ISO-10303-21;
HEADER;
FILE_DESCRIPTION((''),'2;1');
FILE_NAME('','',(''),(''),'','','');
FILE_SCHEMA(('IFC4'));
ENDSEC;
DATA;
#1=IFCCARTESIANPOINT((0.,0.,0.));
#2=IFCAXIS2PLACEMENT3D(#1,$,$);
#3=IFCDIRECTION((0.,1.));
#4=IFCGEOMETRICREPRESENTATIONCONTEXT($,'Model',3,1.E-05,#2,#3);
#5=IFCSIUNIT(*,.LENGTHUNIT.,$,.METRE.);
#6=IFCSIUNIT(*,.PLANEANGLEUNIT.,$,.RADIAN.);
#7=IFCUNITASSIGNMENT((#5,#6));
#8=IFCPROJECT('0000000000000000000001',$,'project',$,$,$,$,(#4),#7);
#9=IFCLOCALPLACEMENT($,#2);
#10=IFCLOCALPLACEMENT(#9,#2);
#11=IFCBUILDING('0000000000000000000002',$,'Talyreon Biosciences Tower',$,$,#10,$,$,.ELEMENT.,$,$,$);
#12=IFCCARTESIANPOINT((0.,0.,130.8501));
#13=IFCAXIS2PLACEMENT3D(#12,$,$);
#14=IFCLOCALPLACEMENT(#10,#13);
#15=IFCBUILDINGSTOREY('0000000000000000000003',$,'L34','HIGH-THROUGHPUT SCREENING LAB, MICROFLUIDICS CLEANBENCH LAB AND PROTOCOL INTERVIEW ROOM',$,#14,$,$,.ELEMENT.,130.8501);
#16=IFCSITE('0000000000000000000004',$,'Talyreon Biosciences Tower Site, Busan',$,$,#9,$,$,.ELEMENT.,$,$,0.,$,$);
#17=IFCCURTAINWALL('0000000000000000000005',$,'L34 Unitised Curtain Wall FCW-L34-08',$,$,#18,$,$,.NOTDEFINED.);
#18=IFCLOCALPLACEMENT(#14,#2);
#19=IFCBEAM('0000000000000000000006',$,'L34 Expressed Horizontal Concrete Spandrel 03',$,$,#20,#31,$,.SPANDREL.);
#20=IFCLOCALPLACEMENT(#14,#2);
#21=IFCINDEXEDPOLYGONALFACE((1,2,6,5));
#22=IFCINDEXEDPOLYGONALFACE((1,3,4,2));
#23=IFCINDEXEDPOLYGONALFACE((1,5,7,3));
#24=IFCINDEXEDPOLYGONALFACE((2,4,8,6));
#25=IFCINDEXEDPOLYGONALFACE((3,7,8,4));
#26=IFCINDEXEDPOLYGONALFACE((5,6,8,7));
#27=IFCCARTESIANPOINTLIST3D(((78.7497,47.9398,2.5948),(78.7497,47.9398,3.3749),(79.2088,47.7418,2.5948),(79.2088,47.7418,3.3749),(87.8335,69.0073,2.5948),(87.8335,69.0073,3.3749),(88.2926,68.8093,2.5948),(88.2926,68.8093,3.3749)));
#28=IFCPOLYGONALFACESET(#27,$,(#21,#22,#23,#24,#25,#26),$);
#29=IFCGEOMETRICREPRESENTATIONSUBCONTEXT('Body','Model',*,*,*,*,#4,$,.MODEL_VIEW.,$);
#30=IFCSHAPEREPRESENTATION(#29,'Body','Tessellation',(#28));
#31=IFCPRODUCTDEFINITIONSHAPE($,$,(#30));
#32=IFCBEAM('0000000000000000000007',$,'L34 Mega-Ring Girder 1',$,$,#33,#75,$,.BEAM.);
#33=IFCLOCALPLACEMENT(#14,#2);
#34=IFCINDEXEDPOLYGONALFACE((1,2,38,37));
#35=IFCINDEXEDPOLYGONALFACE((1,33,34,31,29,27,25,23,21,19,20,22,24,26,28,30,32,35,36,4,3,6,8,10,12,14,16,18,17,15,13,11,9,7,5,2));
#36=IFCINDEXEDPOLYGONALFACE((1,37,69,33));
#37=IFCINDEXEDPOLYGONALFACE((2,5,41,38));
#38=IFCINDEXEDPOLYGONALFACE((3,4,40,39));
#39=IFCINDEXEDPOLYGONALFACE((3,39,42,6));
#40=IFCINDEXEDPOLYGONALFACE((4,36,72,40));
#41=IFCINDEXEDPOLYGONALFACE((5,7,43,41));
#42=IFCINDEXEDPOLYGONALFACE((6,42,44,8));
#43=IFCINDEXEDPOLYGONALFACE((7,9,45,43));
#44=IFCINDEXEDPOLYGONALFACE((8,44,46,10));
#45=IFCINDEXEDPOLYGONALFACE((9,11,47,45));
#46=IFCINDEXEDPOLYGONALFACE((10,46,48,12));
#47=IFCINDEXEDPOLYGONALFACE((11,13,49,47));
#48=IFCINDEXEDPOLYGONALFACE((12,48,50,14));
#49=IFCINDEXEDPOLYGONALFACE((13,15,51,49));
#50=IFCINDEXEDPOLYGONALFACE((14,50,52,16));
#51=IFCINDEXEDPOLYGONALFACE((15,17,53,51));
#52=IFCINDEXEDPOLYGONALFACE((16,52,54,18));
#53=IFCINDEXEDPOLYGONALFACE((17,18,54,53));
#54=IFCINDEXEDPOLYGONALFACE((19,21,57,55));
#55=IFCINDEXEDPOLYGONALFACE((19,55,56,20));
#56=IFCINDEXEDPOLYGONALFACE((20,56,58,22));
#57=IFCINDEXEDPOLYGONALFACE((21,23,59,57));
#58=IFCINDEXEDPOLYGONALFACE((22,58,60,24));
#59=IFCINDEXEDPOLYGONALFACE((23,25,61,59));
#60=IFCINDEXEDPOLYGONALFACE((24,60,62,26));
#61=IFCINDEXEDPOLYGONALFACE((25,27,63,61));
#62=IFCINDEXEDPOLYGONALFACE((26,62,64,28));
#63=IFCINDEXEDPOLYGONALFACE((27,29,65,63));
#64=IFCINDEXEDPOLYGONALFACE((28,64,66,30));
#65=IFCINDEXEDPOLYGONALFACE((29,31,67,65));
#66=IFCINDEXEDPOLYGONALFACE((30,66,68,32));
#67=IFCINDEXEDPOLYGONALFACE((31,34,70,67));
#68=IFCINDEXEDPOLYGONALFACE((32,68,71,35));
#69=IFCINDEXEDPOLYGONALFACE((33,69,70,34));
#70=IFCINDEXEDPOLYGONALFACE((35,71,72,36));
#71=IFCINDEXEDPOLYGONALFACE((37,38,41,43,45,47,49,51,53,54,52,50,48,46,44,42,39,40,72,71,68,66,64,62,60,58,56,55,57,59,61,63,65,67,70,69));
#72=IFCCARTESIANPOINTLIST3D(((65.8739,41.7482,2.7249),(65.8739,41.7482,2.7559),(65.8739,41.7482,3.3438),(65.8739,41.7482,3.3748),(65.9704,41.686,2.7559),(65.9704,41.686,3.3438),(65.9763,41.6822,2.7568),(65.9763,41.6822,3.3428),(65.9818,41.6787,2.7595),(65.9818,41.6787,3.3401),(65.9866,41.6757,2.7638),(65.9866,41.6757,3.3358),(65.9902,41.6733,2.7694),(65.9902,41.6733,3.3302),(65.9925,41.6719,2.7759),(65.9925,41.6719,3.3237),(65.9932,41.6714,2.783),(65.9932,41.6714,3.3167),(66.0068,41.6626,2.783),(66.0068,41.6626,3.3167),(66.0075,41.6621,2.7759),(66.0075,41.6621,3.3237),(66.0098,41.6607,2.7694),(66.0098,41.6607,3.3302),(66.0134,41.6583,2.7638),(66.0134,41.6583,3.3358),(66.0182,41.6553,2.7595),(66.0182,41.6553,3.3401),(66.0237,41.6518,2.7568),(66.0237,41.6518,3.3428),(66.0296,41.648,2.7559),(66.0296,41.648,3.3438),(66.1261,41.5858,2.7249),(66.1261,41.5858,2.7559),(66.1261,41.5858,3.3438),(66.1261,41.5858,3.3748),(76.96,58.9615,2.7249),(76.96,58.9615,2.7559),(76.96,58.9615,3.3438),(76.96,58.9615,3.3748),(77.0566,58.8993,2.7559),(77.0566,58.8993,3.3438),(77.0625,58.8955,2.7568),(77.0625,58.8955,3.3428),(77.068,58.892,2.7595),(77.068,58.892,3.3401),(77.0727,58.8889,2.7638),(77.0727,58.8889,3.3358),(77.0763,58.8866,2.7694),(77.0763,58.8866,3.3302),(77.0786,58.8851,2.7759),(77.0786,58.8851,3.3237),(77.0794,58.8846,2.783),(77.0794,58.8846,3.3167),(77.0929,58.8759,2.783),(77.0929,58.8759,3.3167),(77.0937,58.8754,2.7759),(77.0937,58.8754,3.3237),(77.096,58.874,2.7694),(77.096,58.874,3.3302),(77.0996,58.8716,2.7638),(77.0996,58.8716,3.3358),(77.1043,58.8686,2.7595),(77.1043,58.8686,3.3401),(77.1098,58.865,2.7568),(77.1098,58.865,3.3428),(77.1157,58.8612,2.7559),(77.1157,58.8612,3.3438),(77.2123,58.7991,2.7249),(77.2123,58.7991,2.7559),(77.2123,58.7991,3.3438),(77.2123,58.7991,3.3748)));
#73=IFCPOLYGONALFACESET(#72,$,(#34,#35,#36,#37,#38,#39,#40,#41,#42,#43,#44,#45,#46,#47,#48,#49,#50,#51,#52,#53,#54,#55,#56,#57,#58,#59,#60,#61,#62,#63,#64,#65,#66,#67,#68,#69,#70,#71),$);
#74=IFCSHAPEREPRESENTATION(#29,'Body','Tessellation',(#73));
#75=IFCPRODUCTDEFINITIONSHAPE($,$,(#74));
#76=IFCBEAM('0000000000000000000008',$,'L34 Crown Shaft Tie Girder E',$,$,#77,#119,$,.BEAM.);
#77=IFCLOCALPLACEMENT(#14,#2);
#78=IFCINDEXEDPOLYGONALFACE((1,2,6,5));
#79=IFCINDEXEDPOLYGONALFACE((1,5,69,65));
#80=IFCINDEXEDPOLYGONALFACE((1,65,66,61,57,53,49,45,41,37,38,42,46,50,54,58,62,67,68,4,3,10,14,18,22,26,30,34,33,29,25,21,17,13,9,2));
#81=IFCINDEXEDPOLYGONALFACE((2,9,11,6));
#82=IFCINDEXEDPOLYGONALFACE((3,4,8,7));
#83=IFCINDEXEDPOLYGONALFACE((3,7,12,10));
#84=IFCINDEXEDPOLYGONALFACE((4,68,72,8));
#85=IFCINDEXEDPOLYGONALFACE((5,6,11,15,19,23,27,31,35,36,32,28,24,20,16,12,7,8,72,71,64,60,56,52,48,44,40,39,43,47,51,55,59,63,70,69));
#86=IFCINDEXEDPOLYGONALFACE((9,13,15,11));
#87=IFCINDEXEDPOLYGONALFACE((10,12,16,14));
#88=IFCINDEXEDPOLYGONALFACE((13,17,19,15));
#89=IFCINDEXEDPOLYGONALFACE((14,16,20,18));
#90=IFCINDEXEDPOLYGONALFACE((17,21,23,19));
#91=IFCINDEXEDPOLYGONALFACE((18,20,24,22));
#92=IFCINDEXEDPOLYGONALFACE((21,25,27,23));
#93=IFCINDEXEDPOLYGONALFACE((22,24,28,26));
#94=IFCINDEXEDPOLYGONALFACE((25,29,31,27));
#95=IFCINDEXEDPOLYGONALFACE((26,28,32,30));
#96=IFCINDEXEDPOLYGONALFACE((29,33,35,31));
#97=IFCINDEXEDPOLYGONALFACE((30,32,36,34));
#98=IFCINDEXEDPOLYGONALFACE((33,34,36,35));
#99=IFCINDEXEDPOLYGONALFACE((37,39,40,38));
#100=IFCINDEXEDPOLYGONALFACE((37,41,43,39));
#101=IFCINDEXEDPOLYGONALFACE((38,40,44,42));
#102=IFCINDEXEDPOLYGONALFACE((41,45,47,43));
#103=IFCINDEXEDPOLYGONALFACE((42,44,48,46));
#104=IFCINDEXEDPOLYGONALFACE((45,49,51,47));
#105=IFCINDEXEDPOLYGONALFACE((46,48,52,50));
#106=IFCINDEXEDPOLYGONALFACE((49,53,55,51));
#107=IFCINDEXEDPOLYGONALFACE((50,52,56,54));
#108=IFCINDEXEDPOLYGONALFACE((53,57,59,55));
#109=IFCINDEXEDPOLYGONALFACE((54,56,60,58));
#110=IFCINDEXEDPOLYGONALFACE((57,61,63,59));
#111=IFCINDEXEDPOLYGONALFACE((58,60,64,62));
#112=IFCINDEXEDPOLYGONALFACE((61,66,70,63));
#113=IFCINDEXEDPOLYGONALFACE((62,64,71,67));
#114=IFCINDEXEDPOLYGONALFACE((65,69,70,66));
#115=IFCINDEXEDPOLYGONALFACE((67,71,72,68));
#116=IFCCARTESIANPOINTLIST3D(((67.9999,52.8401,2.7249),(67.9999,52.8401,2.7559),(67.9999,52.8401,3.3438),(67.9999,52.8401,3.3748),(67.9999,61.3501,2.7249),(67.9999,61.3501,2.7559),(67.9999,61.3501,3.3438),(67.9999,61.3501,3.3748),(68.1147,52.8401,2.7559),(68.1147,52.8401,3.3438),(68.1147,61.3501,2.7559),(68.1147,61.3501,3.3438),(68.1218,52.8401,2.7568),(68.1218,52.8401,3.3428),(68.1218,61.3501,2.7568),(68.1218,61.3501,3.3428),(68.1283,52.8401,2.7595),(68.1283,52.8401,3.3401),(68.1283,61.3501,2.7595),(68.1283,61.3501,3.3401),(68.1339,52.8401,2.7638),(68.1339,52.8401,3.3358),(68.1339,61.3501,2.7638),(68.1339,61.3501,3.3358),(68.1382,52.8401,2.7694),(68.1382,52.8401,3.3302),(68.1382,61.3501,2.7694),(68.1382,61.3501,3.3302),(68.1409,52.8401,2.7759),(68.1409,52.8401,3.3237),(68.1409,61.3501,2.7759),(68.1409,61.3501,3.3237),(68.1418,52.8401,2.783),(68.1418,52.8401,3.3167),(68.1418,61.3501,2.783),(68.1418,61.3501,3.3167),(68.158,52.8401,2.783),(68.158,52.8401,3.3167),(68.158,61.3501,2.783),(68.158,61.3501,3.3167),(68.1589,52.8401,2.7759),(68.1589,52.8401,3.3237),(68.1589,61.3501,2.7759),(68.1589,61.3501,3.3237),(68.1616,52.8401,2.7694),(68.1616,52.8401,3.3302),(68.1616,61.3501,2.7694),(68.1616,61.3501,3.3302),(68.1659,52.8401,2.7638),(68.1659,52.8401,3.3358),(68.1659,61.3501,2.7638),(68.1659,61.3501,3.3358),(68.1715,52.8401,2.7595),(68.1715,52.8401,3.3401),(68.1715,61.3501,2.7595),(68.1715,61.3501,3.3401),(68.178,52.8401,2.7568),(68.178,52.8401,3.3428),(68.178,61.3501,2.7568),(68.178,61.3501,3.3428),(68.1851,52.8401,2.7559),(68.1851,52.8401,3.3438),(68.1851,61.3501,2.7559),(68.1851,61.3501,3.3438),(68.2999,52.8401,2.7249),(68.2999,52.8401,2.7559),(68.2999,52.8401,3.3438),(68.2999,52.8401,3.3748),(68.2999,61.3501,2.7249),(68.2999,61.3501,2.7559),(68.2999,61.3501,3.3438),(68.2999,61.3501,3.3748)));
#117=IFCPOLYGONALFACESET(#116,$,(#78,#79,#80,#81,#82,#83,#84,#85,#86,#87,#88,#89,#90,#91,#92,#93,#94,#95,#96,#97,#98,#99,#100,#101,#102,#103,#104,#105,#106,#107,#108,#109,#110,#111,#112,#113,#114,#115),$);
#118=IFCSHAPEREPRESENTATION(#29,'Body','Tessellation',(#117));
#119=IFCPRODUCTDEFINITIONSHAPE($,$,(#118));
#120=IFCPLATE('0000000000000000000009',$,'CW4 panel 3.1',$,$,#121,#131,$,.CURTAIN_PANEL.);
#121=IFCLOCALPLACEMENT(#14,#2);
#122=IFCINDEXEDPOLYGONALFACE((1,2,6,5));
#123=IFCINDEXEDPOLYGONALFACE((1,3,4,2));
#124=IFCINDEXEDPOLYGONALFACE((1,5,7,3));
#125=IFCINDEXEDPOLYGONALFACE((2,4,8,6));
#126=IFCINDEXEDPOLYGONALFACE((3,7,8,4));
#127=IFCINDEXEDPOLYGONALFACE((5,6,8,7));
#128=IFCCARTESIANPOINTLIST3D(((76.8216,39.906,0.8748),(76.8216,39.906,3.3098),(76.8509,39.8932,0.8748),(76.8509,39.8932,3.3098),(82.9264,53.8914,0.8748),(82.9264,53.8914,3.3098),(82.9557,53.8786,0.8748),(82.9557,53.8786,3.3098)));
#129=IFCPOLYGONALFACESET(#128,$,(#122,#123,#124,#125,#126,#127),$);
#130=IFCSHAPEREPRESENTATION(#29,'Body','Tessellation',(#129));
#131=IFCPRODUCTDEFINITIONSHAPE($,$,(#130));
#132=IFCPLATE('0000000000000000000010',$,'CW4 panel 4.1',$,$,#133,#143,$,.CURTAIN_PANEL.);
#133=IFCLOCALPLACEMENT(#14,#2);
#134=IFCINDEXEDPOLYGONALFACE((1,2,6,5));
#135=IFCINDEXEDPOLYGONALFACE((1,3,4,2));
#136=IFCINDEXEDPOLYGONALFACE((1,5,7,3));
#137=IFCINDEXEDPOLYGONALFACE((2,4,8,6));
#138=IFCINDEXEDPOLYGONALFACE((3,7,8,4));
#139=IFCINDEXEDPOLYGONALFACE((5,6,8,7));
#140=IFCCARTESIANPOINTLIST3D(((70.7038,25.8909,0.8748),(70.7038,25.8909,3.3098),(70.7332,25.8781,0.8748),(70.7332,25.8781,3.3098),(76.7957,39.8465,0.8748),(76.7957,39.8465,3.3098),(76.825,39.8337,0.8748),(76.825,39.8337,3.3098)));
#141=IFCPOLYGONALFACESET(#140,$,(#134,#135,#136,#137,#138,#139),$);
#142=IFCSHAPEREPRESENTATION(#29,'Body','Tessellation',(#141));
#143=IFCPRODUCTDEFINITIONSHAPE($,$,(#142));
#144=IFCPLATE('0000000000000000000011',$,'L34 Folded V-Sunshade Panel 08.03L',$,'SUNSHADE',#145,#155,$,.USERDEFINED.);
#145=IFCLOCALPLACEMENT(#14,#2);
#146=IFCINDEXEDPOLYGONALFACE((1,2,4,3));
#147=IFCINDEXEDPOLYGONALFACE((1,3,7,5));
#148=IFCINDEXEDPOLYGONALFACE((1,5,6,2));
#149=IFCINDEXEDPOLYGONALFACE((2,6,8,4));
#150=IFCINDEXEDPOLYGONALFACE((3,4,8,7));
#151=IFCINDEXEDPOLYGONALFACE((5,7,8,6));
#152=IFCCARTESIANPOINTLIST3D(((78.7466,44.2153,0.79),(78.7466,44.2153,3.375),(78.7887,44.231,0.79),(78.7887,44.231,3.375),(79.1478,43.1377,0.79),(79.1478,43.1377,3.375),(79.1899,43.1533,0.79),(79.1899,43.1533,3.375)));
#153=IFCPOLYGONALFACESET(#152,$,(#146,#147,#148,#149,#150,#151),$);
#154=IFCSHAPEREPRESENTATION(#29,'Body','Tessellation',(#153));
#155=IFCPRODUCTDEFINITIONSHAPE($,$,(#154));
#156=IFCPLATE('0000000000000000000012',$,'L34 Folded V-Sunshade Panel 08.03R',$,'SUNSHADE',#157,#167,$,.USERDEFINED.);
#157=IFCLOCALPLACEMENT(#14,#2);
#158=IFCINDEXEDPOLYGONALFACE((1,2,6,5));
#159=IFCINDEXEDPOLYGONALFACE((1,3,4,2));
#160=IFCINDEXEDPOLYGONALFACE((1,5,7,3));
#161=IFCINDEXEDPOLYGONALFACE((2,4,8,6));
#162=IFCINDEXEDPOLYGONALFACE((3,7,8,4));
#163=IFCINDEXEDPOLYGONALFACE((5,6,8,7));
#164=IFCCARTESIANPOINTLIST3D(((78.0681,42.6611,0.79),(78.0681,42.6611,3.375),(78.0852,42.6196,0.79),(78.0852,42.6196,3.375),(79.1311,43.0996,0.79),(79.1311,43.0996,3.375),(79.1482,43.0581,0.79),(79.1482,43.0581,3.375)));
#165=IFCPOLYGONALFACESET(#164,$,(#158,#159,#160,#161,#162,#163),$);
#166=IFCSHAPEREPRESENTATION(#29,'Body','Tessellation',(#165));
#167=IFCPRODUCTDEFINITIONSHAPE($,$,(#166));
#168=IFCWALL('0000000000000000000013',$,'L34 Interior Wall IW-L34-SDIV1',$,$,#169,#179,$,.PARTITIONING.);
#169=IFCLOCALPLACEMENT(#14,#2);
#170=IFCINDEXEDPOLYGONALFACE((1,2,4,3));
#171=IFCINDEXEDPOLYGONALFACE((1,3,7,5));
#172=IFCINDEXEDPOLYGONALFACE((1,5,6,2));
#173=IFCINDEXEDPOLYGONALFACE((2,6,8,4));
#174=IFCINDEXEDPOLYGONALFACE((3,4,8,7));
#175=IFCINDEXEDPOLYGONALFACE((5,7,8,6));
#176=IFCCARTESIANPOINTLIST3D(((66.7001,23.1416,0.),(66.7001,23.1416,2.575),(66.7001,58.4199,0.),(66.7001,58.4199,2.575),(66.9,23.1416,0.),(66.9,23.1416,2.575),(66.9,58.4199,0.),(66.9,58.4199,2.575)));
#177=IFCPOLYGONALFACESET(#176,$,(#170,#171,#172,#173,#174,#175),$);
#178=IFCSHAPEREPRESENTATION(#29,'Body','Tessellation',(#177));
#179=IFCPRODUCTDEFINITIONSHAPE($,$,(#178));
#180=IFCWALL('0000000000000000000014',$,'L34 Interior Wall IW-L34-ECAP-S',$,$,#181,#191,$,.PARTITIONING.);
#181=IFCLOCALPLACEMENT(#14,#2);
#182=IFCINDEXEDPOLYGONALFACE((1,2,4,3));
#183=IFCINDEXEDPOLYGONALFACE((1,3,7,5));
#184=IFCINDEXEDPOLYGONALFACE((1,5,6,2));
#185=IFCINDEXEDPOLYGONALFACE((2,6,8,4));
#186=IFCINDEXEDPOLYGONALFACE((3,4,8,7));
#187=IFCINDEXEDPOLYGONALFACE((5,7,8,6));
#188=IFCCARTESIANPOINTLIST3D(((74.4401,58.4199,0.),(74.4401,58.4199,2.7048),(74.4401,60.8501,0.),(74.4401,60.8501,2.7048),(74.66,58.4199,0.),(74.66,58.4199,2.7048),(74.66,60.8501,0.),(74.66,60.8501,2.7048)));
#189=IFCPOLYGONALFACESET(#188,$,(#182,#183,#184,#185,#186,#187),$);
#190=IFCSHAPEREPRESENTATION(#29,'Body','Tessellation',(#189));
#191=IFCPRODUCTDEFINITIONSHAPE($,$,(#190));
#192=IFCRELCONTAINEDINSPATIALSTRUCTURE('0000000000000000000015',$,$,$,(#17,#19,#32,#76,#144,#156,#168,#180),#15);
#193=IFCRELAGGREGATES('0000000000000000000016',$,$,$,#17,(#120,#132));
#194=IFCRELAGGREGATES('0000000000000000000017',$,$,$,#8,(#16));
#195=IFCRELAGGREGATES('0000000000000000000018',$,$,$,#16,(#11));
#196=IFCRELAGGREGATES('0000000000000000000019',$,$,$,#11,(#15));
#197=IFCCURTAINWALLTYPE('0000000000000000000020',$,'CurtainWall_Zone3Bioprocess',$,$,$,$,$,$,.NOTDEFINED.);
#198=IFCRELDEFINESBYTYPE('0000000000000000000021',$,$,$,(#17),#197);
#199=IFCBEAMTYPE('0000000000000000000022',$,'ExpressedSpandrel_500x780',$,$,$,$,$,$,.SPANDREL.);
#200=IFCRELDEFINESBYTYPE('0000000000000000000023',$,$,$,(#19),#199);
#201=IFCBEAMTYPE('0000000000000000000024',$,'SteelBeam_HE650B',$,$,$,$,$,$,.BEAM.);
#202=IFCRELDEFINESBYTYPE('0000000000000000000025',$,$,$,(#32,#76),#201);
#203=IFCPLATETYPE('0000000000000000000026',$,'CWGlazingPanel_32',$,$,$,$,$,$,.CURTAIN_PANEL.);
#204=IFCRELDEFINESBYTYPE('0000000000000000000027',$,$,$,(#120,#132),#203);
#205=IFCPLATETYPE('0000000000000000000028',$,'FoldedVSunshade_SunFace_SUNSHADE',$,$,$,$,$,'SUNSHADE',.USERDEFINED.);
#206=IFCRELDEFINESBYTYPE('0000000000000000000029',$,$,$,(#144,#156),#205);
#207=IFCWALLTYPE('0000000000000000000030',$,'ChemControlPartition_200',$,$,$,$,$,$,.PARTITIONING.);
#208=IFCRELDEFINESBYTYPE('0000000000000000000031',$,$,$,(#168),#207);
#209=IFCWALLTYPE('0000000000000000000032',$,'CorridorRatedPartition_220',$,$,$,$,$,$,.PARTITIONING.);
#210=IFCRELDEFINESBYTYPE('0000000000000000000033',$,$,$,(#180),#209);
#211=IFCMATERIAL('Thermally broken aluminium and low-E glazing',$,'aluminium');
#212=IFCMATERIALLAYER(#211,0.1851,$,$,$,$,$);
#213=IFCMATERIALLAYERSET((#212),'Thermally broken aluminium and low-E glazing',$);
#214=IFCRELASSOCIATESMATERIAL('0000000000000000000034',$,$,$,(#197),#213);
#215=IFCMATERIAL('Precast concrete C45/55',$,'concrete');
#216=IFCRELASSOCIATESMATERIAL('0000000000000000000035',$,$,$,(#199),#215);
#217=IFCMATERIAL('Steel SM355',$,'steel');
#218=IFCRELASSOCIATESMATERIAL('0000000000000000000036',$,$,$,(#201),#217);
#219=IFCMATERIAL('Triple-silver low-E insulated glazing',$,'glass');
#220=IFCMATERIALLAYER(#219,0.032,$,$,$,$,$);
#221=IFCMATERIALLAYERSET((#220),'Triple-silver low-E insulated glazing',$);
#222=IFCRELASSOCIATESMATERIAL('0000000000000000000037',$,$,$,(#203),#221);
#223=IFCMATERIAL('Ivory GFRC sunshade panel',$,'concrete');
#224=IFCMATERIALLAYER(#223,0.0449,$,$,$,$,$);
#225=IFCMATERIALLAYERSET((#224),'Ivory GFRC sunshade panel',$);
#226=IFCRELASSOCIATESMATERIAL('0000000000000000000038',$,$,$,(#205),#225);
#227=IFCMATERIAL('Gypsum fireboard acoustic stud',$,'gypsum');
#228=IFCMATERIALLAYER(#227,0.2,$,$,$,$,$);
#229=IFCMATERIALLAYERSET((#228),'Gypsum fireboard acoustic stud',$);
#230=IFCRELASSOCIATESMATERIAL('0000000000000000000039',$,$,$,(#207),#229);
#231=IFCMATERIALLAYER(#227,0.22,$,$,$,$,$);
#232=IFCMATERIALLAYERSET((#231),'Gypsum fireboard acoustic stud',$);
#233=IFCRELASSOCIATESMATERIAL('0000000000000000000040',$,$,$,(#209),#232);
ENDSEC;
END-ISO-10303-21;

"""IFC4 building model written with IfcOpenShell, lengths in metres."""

from ifc_helpers import new_model, si_unit, direction, frame, frame_2d, origin, origin_2d, place, context, subcontext, project, spatial, rectangle, i_section, extrude, material, layer, layer_set, material_profile, profile_set, type_object, element, aggregate, save


model = new_model("IFC4")

# Units and contexts
model_context = context("Model", 3, precision=1e-05, world=origin(), true_north=direction((0.0, 1.0)))
body_context = subcontext(model_context, "Body", "Model", "MODEL_VIEW")
ifc_project = project(units=[si_unit("LENGTHUNIT", "METRE"), si_unit("PLANEANGLEUNIT", "RADIAN")], contexts=[model_context])

# Site, building, storey
site_placement = place(None, origin())
site = spatial("IfcSite", under=ifc_project, at=site_placement, Name="Talyreon Biosciences Tower Site, Busan", CompositionType="ELEMENT", RefElevation=0.0)
building_placement = place(site_placement, origin())
building = spatial("IfcBuilding", under=site, at=building_placement, Name="Talyreon Biosciences Tower", CompositionType="ELEMENT")
storey_placement = place(building_placement, frame((0.0, 0.0, 130.8501)))
storey = spatial("IfcBuildingStorey", under=building, at=storey_placement, Name="L34", Description="HIGH-THROUGHPUT SCREENING LAB, MICROFLUIDICS CLEANBENCH LAB AND PROTOCOL INTERVIEW ROOM", CompositionType="ELEMENT", Elevation=130.8501)

# Shared definitions
ifc_material_1 = material(Name="Precast concrete C45/55", Category="concrete")

# Curtain wall
ifc_material_2 = material(Name="Thermally broken aluminium and low-E glazing", Category="aluminium")
ifc_layer_1 = layer(ifc_material_2, 0.1851)
ifc_layer_set_1 = layer_set([ifc_layer_1], Name="Thermally broken aluminium and low-E glazing")
curtain_wall_type = type_object("IfcCurtainWallType", Name="CurtainWall_Zone3Bioprocess", PredefinedType="NOTDEFINED", material=ifc_layer_set_1)
curtain_wall_placement = place(storey_placement, origin())
curtain_wall = element("IfcCurtainWall", 1, at=curtain_wall_placement, inside=storey, type_object=curtain_wall_type, Name="L34 Unitised Curtain Wall FCW-L34-08", PredefinedType="NOTDEFINED")

# Beams
ifc_material_profile_1 = material_profile(ifc_material_1, rectangle(XDim=0.5, YDim=0.78, at=origin_2d()), Name="RCB 500x780")
ifc_profile_set_1 = profile_set([ifc_material_profile_1], Name="Precast concrete C45/55")
beam_type_1 = type_object("IfcBeamType", Name="ExpressedSpandrel_500x780", PredefinedType="SPANDREL", material=ifc_profile_set_1)
beam_1_placement = place(storey_placement, frame((78.9792, 47.8408, 2.9849), z_axis=(0.395939, 0.918277, 0.0), x_axis=(-0.918277, 0.395939, 0.0)))
element("IfcBeam", 2, at=beam_1_placement, inside=storey, type_object=beam_type_1, Name="L34 Expressed Horizontal Concrete Spandrel 03", PredefinedType="SPANDREL", context=body_context, shape_type="SweptSolid", body=[
    extrude(rectangle(XDim=0.5, YDim=0.78, at=origin_2d()), origin(), (0.0, 0.0, 1.0), 22.9424),
])
ifc_material_3 = material(Name="Steel SM355", Category="steel")
ifc_material_profile_2 = material_profile(ifc_material_3, i_section(OverallWidth=0.3, OverallDepth=0.6499, WebThickness=0.0161, FlangeThickness=0.031, FilletRadius=0.0271, at=origin_2d()), Name="HE650B")
ifc_profile_set_2 = profile_set([ifc_material_profile_2], Name="Steel SM355")
beam_type_2 = type_object("IfcBeamType", Name="SteelBeam_HE650B", PredefinedType="BEAM", material=ifc_profile_set_2)
beam_2_placement = place(storey_placement, frame((66.0, 41.667, 3.0498), z_axis=(0.541464, 0.840724, 0.0), x_axis=(-0.840724, 0.541464, 0.0)))
element("IfcBeam", 3, at=beam_2_placement, inside=storey, type_object=beam_type_2, Name="L34 Mega-Ring Girder 1", PredefinedType="BEAM", context=body_context, shape_type="SweptSolid", body=[
    extrude(i_section(OverallWidth=0.3, OverallDepth=0.6499, WebThickness=0.0161, FlangeThickness=0.031, FilletRadius=0.0271, at=origin_2d()), origin(), (0.0, 0.0, 1.0), 20.4744),
])
beam_3_placement = place(storey_placement, frame((68.1499, 52.8401, 3.0498), z_axis=(0.0, 1.0, 0.0), x_axis=(-1.0, 0.0, 0.0)))
element("IfcBeam", 4, at=beam_3_placement, inside=storey, type_object=beam_type_2, Name="L34 Crown Shaft Tie Girder E", PredefinedType="BEAM", context=body_context, shape_type="SweptSolid", body=[
    extrude(i_section(OverallWidth=0.3, OverallDepth=0.6499, WebThickness=0.0161, FlangeThickness=0.031, FilletRadius=0.0271, at=origin_2d()), origin(), (0.0, 0.0, 1.0), 8.51),
])

# Plates
ifc_material_4 = material(Name="Triple-silver low-E insulated glazing", Category="glass")
ifc_layer_2 = layer(ifc_material_4, 0.032)
ifc_layer_set_2 = layer_set([ifc_layer_2], Name="Triple-silver low-E insulated glazing")
plate_type_1 = type_object("IfcPlateType", Name="CWGlazingPanel_32", PredefinedType="CURTAIN_PANEL", material=ifc_layer_set_2)
plate_1_placement = place(storey_placement, frame((79.8887, 46.8923, 0.8748), z_axis=(0.0, 0.0, 1.0), x_axis=(-0.400058, -0.91649, 0.0)))
plate_1 = element("IfcPlate", 5, at=plate_1_placement, type_object=plate_type_1, Name="CW4 panel 3.1", PredefinedType="CURTAIN_PANEL", context=body_context, shape_type="SweptSolid", body=[
    extrude(rectangle(XDim=15.2598, YDim=0.032, at=origin_2d()), origin(), (0.0, 0.0, 1.0), 2.4351),
])
plate_2_placement = place(storey_placement, frame((73.7644, 32.8623, 0.8748), z_axis=(0.0, 0.0, 1.0), x_axis=(-0.400058, -0.91649, 0.0)))
plate_2 = element("IfcPlate", 6, at=plate_2_placement, type_object=plate_type_1, Name="CW4 panel 4.1", PredefinedType="CURTAIN_PANEL", context=body_context, shape_type="SweptSolid", body=[
    extrude(rectangle(XDim=15.2273, YDim=0.032, at=origin_2d()), origin(), (0.0, 0.0, 1.0), 2.4351),
])
aggregate(curtain_wall, [plate_1, plate_2])

# Plates
ifc_material_5 = material(Name="Ivory GFRC sunshade panel", Category="concrete")
ifc_layer_3 = layer(ifc_material_5, 0.0449)
ifc_layer_set_3 = layer_set([ifc_layer_3], Name="Ivory GFRC sunshade panel")
plate_type_2 = type_object("IfcPlateType", Name="FoldedVSunshade_SunFace_SUNSHADE", ElementType="SUNSHADE", PredefinedType="USERDEFINED", material=ifc_layer_set_3)
for number, where, z_axis, x_axis, name in (
    (7, (78.9683, 43.6843, 0.79), (0.0, 0.0, 1.0), (0.348866, -0.937172, 0.0), "L34 Folded V-Sunshade Panel 08.03L"),
    (8, (78.6082, 42.8596, 0.79), (0.0, 0.0, 1.0), (-0.924426, -0.381361, 0.0), "L34 Folded V-Sunshade Panel 08.03R"),
):
    element("IfcPlate", number, at=place(storey_placement, frame(where, z_axis=z_axis, x_axis=x_axis)), inside=storey, type_object=plate_type_2, Name=name, ObjectType="SUNSHADE", PredefinedType="USERDEFINED", context=body_context, shape_type="SweptSolid", body=[
        extrude(rectangle(XDim=1.1499, YDim=0.0449, at=origin_2d()), origin(), (0.0, 0.0, 1.0), 2.585),
    ])

# Walls
ifc_material_6 = material(Name="Gypsum fireboard acoustic stud", Category="gypsum")
ifc_layer_4 = layer(ifc_material_6, 0.2)
ifc_layer_set_4 = layer_set([ifc_layer_4], Name="Gypsum fireboard acoustic stud")
wall_type_1 = type_object("IfcWallType", Name="ChemControlPartition_200", PredefinedType="PARTITIONING", material=ifc_layer_set_4)
wall_1_placement = place(storey_placement, frame((66.8, 23.1416, 0.0), z_axis=(0.0, 0.0, 1.0), x_axis=(0.0, 1.0, 0.0)))
element("IfcWall", 9, at=wall_1_placement, inside=storey, type_object=wall_type_1, Name="L34 Interior Wall IW-L34-SDIV1", PredefinedType="PARTITIONING", context=body_context, shape_type="SweptSolid", body=[
    extrude(rectangle(XDim=35.2783, YDim=0.2, at=frame_2d((17.6392, 0.0))), origin(), (0.0, 0.0, 1.0), 2.575),
])
ifc_layer_5 = layer(ifc_material_6, 0.22)
ifc_layer_set_5 = layer_set([ifc_layer_5], Name="Gypsum fireboard acoustic stud")
wall_type_2 = type_object("IfcWallType", Name="CorridorRatedPartition_220", PredefinedType="PARTITIONING", material=ifc_layer_set_5)
wall_2_placement = place(storey_placement, frame((74.55, 58.4199, 0.0), z_axis=(0.0, 0.0, 1.0), x_axis=(0.0, 1.0, 0.0)))
element("IfcWall", 10, at=wall_2_placement, inside=storey, type_object=wall_type_2, Name="L34 Interior Wall IW-L34-ECAP-S", PredefinedType="PARTITIONING", context=body_context, shape_type="SweptSolid", body=[
    extrude(rectangle(XDim=2.4302, YDim=0.22, at=frame_2d((1.2151, 0.0))), origin(), (0.0, 0.0, 1.0), 2.7048),
])

save(model, "model.ifc")
